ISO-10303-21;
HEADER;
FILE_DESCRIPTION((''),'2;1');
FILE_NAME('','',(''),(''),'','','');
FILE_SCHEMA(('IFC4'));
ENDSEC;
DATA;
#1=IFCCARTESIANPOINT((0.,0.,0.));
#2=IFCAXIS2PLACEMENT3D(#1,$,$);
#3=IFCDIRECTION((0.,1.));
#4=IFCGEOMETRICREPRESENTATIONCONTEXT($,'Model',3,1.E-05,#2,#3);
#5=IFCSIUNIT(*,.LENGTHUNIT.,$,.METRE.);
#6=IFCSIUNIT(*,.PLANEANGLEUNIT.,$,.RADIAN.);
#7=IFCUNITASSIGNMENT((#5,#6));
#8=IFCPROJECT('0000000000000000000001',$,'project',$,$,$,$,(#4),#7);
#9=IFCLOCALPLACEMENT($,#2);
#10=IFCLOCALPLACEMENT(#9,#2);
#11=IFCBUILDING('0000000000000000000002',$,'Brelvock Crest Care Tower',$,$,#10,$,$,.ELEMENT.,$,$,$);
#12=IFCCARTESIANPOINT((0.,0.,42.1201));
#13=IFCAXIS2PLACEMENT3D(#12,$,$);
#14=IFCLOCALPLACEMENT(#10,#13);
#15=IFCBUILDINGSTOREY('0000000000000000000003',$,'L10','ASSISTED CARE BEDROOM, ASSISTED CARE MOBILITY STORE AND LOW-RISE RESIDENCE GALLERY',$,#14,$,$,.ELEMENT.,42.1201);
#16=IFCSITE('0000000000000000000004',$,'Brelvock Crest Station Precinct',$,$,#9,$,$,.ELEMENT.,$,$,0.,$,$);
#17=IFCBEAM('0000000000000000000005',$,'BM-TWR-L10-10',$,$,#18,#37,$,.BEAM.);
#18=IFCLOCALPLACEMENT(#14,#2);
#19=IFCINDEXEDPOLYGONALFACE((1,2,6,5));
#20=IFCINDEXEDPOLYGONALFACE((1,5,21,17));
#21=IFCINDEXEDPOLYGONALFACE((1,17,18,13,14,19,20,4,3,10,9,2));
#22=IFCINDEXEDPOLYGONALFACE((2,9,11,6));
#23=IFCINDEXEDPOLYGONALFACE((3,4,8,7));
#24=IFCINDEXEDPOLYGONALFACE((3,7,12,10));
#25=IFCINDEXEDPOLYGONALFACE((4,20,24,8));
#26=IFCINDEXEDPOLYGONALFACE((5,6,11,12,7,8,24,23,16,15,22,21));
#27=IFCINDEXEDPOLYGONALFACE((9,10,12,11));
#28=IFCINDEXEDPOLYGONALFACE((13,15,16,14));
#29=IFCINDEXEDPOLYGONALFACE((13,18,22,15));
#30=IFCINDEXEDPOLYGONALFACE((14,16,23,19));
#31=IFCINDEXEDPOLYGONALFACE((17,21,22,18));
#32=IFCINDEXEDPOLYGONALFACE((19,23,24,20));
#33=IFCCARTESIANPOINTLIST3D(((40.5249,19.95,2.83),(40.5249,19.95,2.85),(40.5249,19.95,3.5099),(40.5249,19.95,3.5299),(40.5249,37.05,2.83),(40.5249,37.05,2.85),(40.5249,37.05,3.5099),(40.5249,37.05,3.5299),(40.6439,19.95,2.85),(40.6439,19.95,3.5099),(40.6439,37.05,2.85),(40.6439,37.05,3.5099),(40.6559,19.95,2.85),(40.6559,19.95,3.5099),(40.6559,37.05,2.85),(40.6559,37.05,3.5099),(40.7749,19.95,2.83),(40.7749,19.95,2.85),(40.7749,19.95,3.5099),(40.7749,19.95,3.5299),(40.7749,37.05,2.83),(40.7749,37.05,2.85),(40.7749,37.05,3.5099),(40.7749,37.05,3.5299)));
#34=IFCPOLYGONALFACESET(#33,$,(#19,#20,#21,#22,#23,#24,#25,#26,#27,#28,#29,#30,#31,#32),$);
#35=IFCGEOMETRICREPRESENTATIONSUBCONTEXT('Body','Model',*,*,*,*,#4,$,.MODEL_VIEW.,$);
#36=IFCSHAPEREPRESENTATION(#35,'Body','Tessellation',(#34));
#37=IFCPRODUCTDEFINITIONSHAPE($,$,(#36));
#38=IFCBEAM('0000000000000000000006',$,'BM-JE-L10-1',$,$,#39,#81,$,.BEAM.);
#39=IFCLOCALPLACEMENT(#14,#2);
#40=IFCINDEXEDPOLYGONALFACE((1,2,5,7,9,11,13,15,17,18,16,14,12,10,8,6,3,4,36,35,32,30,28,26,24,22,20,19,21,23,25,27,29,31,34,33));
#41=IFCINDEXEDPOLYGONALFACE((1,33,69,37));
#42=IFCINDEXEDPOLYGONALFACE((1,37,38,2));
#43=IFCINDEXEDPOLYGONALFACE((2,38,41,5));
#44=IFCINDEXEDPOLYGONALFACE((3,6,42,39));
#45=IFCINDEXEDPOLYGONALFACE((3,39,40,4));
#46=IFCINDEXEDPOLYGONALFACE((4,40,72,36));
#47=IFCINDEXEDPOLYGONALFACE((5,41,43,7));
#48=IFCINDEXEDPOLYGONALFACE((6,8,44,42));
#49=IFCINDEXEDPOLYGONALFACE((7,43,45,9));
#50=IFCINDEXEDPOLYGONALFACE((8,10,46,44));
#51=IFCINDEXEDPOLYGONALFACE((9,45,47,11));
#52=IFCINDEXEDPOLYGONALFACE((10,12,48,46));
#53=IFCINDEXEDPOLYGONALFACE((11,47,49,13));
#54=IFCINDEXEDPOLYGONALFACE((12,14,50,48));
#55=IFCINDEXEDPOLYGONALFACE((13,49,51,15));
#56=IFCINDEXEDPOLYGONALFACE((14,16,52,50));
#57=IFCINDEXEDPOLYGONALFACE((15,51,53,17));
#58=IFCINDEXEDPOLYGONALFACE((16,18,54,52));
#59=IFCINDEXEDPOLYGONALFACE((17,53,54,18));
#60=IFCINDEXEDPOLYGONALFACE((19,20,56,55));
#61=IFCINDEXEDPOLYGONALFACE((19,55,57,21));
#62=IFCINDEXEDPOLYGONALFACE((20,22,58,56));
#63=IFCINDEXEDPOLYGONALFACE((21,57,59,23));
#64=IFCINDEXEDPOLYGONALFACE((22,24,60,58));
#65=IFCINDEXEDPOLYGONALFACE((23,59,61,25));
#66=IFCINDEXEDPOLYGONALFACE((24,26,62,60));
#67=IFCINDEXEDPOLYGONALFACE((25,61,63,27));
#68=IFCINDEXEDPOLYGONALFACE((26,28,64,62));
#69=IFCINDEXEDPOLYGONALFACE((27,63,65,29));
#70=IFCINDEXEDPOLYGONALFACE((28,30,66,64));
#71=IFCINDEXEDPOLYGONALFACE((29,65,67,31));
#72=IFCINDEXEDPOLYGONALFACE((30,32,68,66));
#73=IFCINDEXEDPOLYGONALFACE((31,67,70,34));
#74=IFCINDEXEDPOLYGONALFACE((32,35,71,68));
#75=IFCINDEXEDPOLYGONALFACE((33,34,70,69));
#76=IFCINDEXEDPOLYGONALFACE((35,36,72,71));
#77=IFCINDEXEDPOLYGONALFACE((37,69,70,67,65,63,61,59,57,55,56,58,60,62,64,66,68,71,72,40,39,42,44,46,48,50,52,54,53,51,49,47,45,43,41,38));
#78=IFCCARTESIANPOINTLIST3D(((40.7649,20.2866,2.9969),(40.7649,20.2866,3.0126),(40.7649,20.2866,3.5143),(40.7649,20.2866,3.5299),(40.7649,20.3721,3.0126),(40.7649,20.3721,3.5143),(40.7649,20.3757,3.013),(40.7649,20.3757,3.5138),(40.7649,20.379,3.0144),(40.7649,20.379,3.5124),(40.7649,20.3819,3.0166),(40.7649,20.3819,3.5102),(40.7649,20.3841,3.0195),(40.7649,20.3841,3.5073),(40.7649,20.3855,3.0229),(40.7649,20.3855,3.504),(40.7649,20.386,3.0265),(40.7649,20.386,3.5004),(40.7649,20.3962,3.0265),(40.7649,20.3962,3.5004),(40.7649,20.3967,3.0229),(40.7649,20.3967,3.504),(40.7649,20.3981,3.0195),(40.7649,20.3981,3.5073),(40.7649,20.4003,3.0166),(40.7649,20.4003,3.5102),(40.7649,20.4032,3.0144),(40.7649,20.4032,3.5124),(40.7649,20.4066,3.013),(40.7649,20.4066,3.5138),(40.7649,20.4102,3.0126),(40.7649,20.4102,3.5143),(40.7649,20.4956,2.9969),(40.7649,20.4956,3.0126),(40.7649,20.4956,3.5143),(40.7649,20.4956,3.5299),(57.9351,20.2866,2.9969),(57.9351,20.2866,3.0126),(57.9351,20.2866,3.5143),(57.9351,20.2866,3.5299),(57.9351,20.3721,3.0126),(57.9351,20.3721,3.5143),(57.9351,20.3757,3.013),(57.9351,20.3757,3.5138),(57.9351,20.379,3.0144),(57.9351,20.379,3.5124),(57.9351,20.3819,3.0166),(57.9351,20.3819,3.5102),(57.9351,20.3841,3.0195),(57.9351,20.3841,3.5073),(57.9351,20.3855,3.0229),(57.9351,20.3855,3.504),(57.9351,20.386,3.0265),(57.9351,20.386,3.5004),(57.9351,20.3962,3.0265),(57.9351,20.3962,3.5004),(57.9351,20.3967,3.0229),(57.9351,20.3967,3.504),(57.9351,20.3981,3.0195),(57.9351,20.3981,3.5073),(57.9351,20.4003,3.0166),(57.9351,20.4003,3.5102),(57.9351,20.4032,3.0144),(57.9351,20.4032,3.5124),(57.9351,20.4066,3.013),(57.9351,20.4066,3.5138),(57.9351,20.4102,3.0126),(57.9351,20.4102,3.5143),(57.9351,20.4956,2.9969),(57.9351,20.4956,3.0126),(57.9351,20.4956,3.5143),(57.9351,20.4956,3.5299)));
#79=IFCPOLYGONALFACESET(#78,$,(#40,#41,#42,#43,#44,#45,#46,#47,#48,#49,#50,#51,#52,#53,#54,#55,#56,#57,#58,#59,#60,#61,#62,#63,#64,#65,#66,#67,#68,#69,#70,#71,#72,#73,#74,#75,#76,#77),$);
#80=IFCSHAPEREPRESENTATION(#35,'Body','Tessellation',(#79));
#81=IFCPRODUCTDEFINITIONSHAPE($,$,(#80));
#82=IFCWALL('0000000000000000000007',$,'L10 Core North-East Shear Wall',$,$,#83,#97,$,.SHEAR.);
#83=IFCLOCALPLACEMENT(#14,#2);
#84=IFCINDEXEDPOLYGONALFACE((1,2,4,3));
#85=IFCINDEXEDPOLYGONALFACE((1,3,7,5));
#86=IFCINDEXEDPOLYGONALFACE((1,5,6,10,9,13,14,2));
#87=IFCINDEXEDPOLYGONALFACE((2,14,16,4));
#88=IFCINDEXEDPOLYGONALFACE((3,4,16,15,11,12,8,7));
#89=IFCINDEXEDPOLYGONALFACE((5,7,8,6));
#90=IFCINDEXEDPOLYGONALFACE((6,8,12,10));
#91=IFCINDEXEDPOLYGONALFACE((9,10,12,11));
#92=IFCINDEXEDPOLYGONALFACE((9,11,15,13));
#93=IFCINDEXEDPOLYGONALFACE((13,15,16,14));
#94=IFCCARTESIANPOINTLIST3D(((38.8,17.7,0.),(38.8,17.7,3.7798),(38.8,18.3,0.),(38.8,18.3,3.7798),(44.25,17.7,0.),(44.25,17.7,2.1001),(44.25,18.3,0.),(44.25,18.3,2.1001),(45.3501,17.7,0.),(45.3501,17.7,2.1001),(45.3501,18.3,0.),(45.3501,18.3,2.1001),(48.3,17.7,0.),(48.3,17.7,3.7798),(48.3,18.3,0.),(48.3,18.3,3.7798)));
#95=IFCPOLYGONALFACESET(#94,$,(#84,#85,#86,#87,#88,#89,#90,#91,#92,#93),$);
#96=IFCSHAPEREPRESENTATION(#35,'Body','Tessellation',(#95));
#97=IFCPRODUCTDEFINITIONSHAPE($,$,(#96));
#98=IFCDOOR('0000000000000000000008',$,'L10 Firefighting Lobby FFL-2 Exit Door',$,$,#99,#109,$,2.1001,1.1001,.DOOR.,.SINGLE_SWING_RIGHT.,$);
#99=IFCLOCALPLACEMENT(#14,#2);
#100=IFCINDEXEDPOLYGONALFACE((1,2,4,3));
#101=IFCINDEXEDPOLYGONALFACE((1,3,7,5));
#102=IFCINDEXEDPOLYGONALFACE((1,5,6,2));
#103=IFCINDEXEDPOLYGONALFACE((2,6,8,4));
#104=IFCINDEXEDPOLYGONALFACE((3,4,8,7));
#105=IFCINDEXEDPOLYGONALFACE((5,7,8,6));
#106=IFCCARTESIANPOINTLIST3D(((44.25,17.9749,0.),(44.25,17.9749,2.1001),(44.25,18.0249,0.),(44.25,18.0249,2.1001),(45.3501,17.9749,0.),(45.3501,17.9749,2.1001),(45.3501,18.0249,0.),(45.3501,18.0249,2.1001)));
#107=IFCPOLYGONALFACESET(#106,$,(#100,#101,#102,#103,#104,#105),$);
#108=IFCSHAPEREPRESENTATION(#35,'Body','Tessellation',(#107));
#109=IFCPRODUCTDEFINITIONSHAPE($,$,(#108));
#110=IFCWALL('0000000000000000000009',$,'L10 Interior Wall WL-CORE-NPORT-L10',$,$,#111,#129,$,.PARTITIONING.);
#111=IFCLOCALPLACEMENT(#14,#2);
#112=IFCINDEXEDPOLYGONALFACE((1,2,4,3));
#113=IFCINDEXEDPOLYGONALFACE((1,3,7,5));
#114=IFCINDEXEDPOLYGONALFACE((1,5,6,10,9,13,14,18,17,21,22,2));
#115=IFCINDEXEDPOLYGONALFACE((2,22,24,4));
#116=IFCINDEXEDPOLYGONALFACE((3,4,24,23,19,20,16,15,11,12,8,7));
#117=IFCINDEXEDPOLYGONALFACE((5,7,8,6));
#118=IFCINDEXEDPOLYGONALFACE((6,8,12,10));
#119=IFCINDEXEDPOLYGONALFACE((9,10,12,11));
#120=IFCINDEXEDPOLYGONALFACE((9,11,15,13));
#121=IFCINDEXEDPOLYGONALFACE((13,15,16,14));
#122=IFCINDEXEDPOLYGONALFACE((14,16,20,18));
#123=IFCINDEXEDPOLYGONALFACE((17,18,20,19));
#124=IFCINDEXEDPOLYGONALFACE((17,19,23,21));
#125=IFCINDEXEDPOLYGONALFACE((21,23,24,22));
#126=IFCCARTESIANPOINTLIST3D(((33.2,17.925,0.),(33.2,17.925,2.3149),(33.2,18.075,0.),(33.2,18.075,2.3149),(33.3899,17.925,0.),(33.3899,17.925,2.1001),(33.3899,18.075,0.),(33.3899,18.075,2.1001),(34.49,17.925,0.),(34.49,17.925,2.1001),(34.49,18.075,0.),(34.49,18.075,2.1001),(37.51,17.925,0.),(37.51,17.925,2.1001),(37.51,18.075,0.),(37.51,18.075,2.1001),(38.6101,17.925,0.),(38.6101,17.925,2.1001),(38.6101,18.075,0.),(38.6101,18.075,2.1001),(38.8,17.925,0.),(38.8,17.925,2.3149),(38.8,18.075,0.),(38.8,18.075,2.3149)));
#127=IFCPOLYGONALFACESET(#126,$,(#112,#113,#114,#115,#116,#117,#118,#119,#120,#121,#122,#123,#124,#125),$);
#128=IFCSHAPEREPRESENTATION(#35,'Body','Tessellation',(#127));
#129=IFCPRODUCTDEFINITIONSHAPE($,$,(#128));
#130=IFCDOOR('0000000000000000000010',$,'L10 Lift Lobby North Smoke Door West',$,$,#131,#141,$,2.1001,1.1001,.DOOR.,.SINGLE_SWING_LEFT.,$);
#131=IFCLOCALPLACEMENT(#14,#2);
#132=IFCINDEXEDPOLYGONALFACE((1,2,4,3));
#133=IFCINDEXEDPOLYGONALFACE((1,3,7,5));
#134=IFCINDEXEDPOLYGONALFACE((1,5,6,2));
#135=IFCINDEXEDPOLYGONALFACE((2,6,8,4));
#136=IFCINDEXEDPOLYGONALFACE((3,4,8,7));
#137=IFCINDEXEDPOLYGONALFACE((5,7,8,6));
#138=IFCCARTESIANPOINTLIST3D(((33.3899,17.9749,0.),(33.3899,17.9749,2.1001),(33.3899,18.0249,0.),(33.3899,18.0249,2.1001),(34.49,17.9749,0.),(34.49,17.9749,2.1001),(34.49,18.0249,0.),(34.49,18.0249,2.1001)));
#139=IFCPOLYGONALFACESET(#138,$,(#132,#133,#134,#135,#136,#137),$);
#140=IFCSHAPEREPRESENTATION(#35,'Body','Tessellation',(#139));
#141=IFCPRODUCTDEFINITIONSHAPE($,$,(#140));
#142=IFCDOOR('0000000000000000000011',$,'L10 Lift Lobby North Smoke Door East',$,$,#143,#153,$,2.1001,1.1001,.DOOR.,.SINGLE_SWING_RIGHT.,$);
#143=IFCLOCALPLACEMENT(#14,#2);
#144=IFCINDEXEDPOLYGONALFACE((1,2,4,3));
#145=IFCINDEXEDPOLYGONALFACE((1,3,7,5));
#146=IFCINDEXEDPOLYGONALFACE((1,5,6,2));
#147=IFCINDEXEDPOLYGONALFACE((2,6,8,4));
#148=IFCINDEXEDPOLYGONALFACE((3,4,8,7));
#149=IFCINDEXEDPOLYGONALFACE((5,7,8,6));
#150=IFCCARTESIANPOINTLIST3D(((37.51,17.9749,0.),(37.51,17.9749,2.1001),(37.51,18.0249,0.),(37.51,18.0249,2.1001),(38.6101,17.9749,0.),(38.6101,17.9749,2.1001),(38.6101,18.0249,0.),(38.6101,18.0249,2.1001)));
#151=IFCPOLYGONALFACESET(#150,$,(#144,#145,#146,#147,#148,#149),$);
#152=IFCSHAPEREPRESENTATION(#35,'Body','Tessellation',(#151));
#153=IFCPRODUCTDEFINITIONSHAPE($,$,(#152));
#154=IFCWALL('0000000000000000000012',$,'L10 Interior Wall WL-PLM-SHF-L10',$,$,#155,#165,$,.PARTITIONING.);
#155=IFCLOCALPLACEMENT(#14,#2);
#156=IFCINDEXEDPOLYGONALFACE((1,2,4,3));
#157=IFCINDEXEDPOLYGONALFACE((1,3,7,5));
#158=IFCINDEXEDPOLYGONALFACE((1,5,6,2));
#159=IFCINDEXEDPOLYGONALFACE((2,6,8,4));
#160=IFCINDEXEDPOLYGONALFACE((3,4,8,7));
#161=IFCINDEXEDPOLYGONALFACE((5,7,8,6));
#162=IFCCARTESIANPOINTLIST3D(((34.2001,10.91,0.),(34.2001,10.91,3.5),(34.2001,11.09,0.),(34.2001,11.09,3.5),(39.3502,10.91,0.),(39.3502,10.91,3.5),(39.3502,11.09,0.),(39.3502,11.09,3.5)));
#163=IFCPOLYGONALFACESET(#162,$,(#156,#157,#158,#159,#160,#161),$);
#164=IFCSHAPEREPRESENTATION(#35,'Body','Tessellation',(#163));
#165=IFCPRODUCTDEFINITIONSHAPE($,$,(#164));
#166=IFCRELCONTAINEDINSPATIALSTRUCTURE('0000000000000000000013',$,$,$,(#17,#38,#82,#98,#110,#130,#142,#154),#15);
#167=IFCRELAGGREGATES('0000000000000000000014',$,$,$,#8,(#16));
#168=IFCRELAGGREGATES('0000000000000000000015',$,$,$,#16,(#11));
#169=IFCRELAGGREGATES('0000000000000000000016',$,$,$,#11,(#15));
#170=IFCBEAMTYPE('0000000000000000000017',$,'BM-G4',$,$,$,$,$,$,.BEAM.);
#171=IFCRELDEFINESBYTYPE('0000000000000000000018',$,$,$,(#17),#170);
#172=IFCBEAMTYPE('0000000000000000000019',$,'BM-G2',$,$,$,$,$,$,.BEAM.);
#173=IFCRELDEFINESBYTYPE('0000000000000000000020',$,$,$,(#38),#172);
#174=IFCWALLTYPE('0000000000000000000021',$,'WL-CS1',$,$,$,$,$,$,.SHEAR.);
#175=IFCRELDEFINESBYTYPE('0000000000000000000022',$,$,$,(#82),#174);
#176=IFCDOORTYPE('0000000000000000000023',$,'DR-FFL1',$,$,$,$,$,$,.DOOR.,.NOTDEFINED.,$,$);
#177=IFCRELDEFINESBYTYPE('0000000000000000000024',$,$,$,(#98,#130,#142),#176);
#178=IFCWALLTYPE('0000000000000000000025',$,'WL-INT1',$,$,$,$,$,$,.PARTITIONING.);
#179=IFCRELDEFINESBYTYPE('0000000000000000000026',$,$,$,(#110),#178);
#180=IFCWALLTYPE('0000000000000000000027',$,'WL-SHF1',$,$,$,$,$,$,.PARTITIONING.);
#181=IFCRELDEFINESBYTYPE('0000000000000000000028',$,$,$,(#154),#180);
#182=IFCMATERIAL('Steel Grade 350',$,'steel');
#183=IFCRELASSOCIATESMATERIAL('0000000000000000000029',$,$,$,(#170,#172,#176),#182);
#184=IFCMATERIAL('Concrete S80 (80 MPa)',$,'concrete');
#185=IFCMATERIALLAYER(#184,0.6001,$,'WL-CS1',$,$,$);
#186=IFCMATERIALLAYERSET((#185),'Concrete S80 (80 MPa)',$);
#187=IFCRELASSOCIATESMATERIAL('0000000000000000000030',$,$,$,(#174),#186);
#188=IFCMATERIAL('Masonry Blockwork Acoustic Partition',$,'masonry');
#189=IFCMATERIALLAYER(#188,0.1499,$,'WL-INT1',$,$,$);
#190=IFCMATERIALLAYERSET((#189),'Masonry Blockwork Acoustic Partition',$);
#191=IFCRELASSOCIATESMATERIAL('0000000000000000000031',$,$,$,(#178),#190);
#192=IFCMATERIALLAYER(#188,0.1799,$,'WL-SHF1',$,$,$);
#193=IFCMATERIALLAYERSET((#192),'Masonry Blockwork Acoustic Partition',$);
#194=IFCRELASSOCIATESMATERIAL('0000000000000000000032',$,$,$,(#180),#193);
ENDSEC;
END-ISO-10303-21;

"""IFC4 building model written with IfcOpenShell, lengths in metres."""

from ifc_helpers import new_model, si_unit, direction, frame, frame_2d, origin, origin_2d, place, context, subcontext, project, spatial, rectangle, i_section, extrude, source, transform, mapped, material, layer, layer_set, material_profile, profile_set, type_object, element, fill, save


model = new_model("IFC4")

# Units and contexts
model_context = context("Model", 3, precision=1e-05, world=origin(), true_north=direction((0.0, 1.0)))
body_context = subcontext(model_context, "Body", "Model", "MODEL_VIEW")
ifc_project = project(units=[si_unit("LENGTHUNIT", "METRE"), si_unit("PLANEANGLEUNIT", "RADIAN")], contexts=[model_context])

# Site, building, storey
site_placement = place(None, origin())
site = spatial("IfcSite", under=ifc_project, at=site_placement, Name="Brelvock Crest Station Precinct", CompositionType="ELEMENT", RefElevation=0.0)
building_placement = place(site_placement, origin())
building = spatial("IfcBuilding", under=site, at=building_placement, Name="Brelvock Crest Care Tower", CompositionType="ELEMENT")
storey_placement = place(building_placement, frame((0.0, 0.0, 42.1201)))
storey = spatial("IfcBuildingStorey", under=building, at=storey_placement, Name="L10", Description="ASSISTED CARE BEDROOM, ASSISTED CARE MOBILITY STORE AND LOW-RISE RESIDENCE GALLERY", CompositionType="ELEMENT", Elevation=42.1201)

# Shared definitions
ifc_material_1 = material(Name="Concrete S80 (80 MPa)", Category="concrete")
ifc_material_2 = material(Name="Steel Grade 350", Category="steel")

# Beams
ifc_material_profile_1 = material_profile(ifc_material_2, i_section(OverallWidth=0.25, OverallDepth=0.7, WebThickness=0.012, FlangeThickness=0.02, at=origin_2d()), Name="700WB150")
ifc_profile_set_1 = profile_set([ifc_material_profile_1], Name="Steel Grade 350")
beam_type_1 = type_object("IfcBeamType", Name="BM-G4", PredefinedType="BEAM", material=ifc_profile_set_1)
shared_shape_1 = source(origin(), body_context, "Body", "SweptSolid", [
    extrude(i_section(OverallWidth=0.25, OverallDepth=0.7, WebThickness=0.012, FlangeThickness=0.02, at=origin_2d()), origin(), (0.0, 0.0, 1.0), 17.1001),
])
beam_1_placement = place(storey_placement, frame((40.6499, 19.95, 3.1799), z_axis=(0.0, 1.0, 0.0), x_axis=(-1.0, 0.0, 0.0)))
element("IfcBeam", 1, at=beam_1_placement, inside=storey, type_object=beam_type_1, Name="BM-TWR-L10-10", PredefinedType="BEAM", context=body_context, shape_type="MappedRepresentation", body=[
    mapped(shared_shape_1, transform((0.0, 0.0, 0.0), x_axis=(1.0, 0.0, 0.0), y_axis=(0.0, 1.0, 0.0), z_axis=(0.0, 0.0, 1.0), scale=1.0)),
])
ifc_material_profile_2 = material_profile(ifc_material_2, i_section(OverallWidth=0.209, OverallDepth=0.533, WebThickness=0.0103, FlangeThickness=0.0156, FilletRadius=0.0139, at=origin_2d()), Name="530UB92.4")
ifc_profile_set_2 = profile_set([ifc_material_profile_2], Name="Steel Grade 350")
beam_type_2 = type_object("IfcBeamType", Name="BM-G2", PredefinedType="BEAM", material=ifc_profile_set_2)
shared_shape_2 = source(origin(), body_context, "Body", "SweptSolid", [
    extrude(i_section(OverallWidth=0.209, OverallDepth=0.533, WebThickness=0.0103, FlangeThickness=0.0156, FilletRadius=0.0139, at=origin_2d()), origin(), (0.0, 0.0, 1.0), 17.1702),
])
beam_2_placement = place(storey_placement, frame((40.7649, 20.3911, 3.2634), z_axis=(1.0, 0.0, 0.0), x_axis=(0.0, 1.0, 0.0)))
element("IfcBeam", 2, at=beam_2_placement, inside=storey, type_object=beam_type_2, Name="BM-JE-L10-1", PredefinedType="BEAM", context=body_context, shape_type="MappedRepresentation", body=[
    mapped(shared_shape_2, transform((0.0, 0.0, 0.0), x_axis=(1.0, 0.0, 0.0), y_axis=(0.0, 1.0, 0.0), z_axis=(0.0, 0.0, 1.0), scale=1.0)),
])

# Wall, opening, door
ifc_layer_1 = layer(ifc_material_1, 0.6001, Name="WL-CS1")
ifc_layer_set_1 = layer_set([ifc_layer_1], Name="Concrete S80 (80 MPa)")
wall_type_1 = type_object("IfcWallType", Name="WL-CS1", PredefinedType="SHEAR", material=ifc_layer_set_1)
wall_1_placement = place(storey_placement, frame((38.8, 18.0, 0.0), z_axis=(0.0, 0.0, 1.0), x_axis=(1.0, 0.0, 0.0)))
wall_1 = element("IfcWall", 3, at=wall_1_placement, inside=storey, type_object=wall_type_1, Name="L10 Core North-East Shear Wall", PredefinedType="SHEAR", context=body_context, shape_type="SweptSolid", body=[
    extrude(rectangle(XDim=9.5, YDim=0.6001, at=frame_2d((4.75, 0.0))), origin(), (0.0, 0.0, 1.0), 3.7798),
])
opening_1_placement = place(wall_1_placement, frame((5.45, 0.0, 0.0)))
opening_1 = element("IfcOpeningElement", 4, at=opening_1_placement, cuts=wall_1, PredefinedType="OPENING", context=body_context, shape_type="SweptSolid", body=[
    extrude(rectangle(XDim=1.1001, YDim=2.1001, at=origin_2d()), frame((0.55, 0.3101, 1.05), z_axis=(0.0, -1.0, 0.0), x_axis=(1.0, 0.0, 0.0)), (0.0, 0.0, 1.0), 0.6201),
])
door_type_1 = type_object("IfcDoorType", Name="DR-FFL1", OperationType="NOTDEFINED", PredefinedType="DOOR", material=ifc_material_2)
shared_shape_3 = source(origin(), body_context, "Body", "SweptSolid", [
    extrude(rectangle(XDim=1.1001, YDim=2.1001, at=origin_2d()), frame((0.55, 0.0249, 1.05), z_axis=(0.0, -1.0, 0.0), x_axis=(1.0, 0.0, 0.0)), (0.0, 0.0, 1.0), 0.05),
])
door_1_placement = place(opening_1_placement, origin())
door_1 = element("IfcDoor", 5, at=door_1_placement, inside=storey, type_object=door_type_1, Name="L10 Firefighting Lobby FFL-2 Exit Door", OperationType="SINGLE_SWING_RIGHT", OverallHeight=2.1001, OverallWidth=1.1001, PredefinedType="DOOR", context=body_context, shape_type="MappedRepresentation", body=[
    mapped(shared_shape_3, transform((0.0, 0.0, 0.0), x_axis=(1.0, 0.0, 0.0), y_axis=(0.0, 1.0, 0.0), z_axis=(0.0, 0.0, 1.0), scale=1.0)),
])
fill(opening_1, door_1)

# Wall, openings, doors
ifc_material_3 = material(Name="Masonry Blockwork Acoustic Partition", Category="masonry")
ifc_layer_2 = layer(ifc_material_3, 0.1499, Name="WL-INT1")
ifc_layer_set_2 = layer_set([ifc_layer_2], Name="Masonry Blockwork Acoustic Partition")
wall_type_2 = type_object("IfcWallType", Name="WL-INT1", PredefinedType="PARTITIONING", material=ifc_layer_set_2)
wall_2_placement = place(storey_placement, frame((33.2, 18.0, 0.0), z_axis=(0.0, 0.0, 1.0), x_axis=(1.0, 0.0, 0.0)))
wall_2 = element("IfcWall", 6, at=wall_2_placement, inside=storey, type_object=wall_type_2, Name="L10 Interior Wall WL-CORE-NPORT-L10", PredefinedType="PARTITIONING", context=body_context, shape_type="SweptSolid", body=[
    extrude(rectangle(XDim=5.6001, YDim=0.1499, at=frame_2d((2.8, 0.0))), origin(), (0.0, 0.0, 1.0), 2.3149),
])
opening_2_placement = place(wall_2_placement, frame((0.1899, 0.0, 0.0)))
opening_2 = element("IfcOpeningElement", 7, at=opening_2_placement, cuts=wall_2, PredefinedType="OPENING", context=body_context, shape_type="SweptSolid", body=[
    extrude(rectangle(XDim=1.1001, YDim=2.1001, at=origin_2d()), frame((0.55, 0.085, 1.05), z_axis=(0.0, -1.0, 0.0), x_axis=(1.0, 0.0, 0.0)), (0.0, 0.0, 1.0), 0.1699),
])
opening_3_placement = place(wall_2_placement, frame((4.3101, 0.0, 0.0)))
opening_3 = element("IfcOpeningElement", 8, at=opening_3_placement, cuts=wall_2, PredefinedType="OPENING", context=body_context, shape_type="SweptSolid", body=[
    extrude(rectangle(XDim=1.1001, YDim=2.1001, at=origin_2d()), frame((0.55, 0.085, 1.05), z_axis=(0.0, -1.0, 0.0), x_axis=(1.0, 0.0, 0.0)), (0.0, 0.0, 1.0), 0.1699),
])
door_2_placement = place(opening_2_placement, origin())
door_2 = element("IfcDoor", 9, at=door_2_placement, inside=storey, type_object=door_type_1, Name="L10 Lift Lobby North Smoke Door West", OperationType="SINGLE_SWING_LEFT", OverallHeight=2.1001, OverallWidth=1.1001, PredefinedType="DOOR", context=body_context, shape_type="MappedRepresentation", body=[
    mapped(shared_shape_3, transform((0.0, 0.0, 0.0), x_axis=(1.0, 0.0, 0.0), y_axis=(0.0, 1.0, 0.0), z_axis=(0.0, 0.0, 1.0), scale=1.0)),
])
fill(opening_2, door_2)
door_3_placement = place(opening_3_placement, origin())
door_3 = element("IfcDoor", 10, at=door_3_placement, inside=storey, type_object=door_type_1, Name="L10 Lift Lobby North Smoke Door East", OperationType="SINGLE_SWING_RIGHT", OverallHeight=2.1001, OverallWidth=1.1001, PredefinedType="DOOR", context=body_context, shape_type="MappedRepresentation", body=[
    mapped(shared_shape_3, transform((0.0, 0.0, 0.0), x_axis=(1.0, 0.0, 0.0), y_axis=(0.0, 1.0, 0.0), z_axis=(0.0, 0.0, 1.0), scale=1.0)),
])
fill(opening_3, door_3)

# Wall
ifc_layer_3 = layer(ifc_material_3, 0.1799, Name="WL-SHF1")
ifc_layer_set_3 = layer_set([ifc_layer_3], Name="Masonry Blockwork Acoustic Partition")
wall_type_3 = type_object("IfcWallType", Name="WL-SHF1", PredefinedType="PARTITIONING", material=ifc_layer_set_3)
for number, where, z_axis, x_axis, name in (
    (11, (34.2, 11.0, 0.0), (0.0, 0.0, 1.0), (1.0, 0.0, 0.0), "L10 Interior Wall WL-PLM-SHF-L10"),
):
    element("IfcWall", number, at=place(storey_placement, frame(where, z_axis=z_axis, x_axis=x_axis)), inside=storey, type_object=wall_type_3, Name=name, PredefinedType="PARTITIONING", context=body_context, shape_type="SweptSolid", body=[
        extrude(rectangle(XDim=5.1501, YDim=0.1799, at=frame_2d((2.5752, 0.0))), origin(), (0.0, 0.0, 1.0), 3.5),
    ])

save(model, "model.ifc")
